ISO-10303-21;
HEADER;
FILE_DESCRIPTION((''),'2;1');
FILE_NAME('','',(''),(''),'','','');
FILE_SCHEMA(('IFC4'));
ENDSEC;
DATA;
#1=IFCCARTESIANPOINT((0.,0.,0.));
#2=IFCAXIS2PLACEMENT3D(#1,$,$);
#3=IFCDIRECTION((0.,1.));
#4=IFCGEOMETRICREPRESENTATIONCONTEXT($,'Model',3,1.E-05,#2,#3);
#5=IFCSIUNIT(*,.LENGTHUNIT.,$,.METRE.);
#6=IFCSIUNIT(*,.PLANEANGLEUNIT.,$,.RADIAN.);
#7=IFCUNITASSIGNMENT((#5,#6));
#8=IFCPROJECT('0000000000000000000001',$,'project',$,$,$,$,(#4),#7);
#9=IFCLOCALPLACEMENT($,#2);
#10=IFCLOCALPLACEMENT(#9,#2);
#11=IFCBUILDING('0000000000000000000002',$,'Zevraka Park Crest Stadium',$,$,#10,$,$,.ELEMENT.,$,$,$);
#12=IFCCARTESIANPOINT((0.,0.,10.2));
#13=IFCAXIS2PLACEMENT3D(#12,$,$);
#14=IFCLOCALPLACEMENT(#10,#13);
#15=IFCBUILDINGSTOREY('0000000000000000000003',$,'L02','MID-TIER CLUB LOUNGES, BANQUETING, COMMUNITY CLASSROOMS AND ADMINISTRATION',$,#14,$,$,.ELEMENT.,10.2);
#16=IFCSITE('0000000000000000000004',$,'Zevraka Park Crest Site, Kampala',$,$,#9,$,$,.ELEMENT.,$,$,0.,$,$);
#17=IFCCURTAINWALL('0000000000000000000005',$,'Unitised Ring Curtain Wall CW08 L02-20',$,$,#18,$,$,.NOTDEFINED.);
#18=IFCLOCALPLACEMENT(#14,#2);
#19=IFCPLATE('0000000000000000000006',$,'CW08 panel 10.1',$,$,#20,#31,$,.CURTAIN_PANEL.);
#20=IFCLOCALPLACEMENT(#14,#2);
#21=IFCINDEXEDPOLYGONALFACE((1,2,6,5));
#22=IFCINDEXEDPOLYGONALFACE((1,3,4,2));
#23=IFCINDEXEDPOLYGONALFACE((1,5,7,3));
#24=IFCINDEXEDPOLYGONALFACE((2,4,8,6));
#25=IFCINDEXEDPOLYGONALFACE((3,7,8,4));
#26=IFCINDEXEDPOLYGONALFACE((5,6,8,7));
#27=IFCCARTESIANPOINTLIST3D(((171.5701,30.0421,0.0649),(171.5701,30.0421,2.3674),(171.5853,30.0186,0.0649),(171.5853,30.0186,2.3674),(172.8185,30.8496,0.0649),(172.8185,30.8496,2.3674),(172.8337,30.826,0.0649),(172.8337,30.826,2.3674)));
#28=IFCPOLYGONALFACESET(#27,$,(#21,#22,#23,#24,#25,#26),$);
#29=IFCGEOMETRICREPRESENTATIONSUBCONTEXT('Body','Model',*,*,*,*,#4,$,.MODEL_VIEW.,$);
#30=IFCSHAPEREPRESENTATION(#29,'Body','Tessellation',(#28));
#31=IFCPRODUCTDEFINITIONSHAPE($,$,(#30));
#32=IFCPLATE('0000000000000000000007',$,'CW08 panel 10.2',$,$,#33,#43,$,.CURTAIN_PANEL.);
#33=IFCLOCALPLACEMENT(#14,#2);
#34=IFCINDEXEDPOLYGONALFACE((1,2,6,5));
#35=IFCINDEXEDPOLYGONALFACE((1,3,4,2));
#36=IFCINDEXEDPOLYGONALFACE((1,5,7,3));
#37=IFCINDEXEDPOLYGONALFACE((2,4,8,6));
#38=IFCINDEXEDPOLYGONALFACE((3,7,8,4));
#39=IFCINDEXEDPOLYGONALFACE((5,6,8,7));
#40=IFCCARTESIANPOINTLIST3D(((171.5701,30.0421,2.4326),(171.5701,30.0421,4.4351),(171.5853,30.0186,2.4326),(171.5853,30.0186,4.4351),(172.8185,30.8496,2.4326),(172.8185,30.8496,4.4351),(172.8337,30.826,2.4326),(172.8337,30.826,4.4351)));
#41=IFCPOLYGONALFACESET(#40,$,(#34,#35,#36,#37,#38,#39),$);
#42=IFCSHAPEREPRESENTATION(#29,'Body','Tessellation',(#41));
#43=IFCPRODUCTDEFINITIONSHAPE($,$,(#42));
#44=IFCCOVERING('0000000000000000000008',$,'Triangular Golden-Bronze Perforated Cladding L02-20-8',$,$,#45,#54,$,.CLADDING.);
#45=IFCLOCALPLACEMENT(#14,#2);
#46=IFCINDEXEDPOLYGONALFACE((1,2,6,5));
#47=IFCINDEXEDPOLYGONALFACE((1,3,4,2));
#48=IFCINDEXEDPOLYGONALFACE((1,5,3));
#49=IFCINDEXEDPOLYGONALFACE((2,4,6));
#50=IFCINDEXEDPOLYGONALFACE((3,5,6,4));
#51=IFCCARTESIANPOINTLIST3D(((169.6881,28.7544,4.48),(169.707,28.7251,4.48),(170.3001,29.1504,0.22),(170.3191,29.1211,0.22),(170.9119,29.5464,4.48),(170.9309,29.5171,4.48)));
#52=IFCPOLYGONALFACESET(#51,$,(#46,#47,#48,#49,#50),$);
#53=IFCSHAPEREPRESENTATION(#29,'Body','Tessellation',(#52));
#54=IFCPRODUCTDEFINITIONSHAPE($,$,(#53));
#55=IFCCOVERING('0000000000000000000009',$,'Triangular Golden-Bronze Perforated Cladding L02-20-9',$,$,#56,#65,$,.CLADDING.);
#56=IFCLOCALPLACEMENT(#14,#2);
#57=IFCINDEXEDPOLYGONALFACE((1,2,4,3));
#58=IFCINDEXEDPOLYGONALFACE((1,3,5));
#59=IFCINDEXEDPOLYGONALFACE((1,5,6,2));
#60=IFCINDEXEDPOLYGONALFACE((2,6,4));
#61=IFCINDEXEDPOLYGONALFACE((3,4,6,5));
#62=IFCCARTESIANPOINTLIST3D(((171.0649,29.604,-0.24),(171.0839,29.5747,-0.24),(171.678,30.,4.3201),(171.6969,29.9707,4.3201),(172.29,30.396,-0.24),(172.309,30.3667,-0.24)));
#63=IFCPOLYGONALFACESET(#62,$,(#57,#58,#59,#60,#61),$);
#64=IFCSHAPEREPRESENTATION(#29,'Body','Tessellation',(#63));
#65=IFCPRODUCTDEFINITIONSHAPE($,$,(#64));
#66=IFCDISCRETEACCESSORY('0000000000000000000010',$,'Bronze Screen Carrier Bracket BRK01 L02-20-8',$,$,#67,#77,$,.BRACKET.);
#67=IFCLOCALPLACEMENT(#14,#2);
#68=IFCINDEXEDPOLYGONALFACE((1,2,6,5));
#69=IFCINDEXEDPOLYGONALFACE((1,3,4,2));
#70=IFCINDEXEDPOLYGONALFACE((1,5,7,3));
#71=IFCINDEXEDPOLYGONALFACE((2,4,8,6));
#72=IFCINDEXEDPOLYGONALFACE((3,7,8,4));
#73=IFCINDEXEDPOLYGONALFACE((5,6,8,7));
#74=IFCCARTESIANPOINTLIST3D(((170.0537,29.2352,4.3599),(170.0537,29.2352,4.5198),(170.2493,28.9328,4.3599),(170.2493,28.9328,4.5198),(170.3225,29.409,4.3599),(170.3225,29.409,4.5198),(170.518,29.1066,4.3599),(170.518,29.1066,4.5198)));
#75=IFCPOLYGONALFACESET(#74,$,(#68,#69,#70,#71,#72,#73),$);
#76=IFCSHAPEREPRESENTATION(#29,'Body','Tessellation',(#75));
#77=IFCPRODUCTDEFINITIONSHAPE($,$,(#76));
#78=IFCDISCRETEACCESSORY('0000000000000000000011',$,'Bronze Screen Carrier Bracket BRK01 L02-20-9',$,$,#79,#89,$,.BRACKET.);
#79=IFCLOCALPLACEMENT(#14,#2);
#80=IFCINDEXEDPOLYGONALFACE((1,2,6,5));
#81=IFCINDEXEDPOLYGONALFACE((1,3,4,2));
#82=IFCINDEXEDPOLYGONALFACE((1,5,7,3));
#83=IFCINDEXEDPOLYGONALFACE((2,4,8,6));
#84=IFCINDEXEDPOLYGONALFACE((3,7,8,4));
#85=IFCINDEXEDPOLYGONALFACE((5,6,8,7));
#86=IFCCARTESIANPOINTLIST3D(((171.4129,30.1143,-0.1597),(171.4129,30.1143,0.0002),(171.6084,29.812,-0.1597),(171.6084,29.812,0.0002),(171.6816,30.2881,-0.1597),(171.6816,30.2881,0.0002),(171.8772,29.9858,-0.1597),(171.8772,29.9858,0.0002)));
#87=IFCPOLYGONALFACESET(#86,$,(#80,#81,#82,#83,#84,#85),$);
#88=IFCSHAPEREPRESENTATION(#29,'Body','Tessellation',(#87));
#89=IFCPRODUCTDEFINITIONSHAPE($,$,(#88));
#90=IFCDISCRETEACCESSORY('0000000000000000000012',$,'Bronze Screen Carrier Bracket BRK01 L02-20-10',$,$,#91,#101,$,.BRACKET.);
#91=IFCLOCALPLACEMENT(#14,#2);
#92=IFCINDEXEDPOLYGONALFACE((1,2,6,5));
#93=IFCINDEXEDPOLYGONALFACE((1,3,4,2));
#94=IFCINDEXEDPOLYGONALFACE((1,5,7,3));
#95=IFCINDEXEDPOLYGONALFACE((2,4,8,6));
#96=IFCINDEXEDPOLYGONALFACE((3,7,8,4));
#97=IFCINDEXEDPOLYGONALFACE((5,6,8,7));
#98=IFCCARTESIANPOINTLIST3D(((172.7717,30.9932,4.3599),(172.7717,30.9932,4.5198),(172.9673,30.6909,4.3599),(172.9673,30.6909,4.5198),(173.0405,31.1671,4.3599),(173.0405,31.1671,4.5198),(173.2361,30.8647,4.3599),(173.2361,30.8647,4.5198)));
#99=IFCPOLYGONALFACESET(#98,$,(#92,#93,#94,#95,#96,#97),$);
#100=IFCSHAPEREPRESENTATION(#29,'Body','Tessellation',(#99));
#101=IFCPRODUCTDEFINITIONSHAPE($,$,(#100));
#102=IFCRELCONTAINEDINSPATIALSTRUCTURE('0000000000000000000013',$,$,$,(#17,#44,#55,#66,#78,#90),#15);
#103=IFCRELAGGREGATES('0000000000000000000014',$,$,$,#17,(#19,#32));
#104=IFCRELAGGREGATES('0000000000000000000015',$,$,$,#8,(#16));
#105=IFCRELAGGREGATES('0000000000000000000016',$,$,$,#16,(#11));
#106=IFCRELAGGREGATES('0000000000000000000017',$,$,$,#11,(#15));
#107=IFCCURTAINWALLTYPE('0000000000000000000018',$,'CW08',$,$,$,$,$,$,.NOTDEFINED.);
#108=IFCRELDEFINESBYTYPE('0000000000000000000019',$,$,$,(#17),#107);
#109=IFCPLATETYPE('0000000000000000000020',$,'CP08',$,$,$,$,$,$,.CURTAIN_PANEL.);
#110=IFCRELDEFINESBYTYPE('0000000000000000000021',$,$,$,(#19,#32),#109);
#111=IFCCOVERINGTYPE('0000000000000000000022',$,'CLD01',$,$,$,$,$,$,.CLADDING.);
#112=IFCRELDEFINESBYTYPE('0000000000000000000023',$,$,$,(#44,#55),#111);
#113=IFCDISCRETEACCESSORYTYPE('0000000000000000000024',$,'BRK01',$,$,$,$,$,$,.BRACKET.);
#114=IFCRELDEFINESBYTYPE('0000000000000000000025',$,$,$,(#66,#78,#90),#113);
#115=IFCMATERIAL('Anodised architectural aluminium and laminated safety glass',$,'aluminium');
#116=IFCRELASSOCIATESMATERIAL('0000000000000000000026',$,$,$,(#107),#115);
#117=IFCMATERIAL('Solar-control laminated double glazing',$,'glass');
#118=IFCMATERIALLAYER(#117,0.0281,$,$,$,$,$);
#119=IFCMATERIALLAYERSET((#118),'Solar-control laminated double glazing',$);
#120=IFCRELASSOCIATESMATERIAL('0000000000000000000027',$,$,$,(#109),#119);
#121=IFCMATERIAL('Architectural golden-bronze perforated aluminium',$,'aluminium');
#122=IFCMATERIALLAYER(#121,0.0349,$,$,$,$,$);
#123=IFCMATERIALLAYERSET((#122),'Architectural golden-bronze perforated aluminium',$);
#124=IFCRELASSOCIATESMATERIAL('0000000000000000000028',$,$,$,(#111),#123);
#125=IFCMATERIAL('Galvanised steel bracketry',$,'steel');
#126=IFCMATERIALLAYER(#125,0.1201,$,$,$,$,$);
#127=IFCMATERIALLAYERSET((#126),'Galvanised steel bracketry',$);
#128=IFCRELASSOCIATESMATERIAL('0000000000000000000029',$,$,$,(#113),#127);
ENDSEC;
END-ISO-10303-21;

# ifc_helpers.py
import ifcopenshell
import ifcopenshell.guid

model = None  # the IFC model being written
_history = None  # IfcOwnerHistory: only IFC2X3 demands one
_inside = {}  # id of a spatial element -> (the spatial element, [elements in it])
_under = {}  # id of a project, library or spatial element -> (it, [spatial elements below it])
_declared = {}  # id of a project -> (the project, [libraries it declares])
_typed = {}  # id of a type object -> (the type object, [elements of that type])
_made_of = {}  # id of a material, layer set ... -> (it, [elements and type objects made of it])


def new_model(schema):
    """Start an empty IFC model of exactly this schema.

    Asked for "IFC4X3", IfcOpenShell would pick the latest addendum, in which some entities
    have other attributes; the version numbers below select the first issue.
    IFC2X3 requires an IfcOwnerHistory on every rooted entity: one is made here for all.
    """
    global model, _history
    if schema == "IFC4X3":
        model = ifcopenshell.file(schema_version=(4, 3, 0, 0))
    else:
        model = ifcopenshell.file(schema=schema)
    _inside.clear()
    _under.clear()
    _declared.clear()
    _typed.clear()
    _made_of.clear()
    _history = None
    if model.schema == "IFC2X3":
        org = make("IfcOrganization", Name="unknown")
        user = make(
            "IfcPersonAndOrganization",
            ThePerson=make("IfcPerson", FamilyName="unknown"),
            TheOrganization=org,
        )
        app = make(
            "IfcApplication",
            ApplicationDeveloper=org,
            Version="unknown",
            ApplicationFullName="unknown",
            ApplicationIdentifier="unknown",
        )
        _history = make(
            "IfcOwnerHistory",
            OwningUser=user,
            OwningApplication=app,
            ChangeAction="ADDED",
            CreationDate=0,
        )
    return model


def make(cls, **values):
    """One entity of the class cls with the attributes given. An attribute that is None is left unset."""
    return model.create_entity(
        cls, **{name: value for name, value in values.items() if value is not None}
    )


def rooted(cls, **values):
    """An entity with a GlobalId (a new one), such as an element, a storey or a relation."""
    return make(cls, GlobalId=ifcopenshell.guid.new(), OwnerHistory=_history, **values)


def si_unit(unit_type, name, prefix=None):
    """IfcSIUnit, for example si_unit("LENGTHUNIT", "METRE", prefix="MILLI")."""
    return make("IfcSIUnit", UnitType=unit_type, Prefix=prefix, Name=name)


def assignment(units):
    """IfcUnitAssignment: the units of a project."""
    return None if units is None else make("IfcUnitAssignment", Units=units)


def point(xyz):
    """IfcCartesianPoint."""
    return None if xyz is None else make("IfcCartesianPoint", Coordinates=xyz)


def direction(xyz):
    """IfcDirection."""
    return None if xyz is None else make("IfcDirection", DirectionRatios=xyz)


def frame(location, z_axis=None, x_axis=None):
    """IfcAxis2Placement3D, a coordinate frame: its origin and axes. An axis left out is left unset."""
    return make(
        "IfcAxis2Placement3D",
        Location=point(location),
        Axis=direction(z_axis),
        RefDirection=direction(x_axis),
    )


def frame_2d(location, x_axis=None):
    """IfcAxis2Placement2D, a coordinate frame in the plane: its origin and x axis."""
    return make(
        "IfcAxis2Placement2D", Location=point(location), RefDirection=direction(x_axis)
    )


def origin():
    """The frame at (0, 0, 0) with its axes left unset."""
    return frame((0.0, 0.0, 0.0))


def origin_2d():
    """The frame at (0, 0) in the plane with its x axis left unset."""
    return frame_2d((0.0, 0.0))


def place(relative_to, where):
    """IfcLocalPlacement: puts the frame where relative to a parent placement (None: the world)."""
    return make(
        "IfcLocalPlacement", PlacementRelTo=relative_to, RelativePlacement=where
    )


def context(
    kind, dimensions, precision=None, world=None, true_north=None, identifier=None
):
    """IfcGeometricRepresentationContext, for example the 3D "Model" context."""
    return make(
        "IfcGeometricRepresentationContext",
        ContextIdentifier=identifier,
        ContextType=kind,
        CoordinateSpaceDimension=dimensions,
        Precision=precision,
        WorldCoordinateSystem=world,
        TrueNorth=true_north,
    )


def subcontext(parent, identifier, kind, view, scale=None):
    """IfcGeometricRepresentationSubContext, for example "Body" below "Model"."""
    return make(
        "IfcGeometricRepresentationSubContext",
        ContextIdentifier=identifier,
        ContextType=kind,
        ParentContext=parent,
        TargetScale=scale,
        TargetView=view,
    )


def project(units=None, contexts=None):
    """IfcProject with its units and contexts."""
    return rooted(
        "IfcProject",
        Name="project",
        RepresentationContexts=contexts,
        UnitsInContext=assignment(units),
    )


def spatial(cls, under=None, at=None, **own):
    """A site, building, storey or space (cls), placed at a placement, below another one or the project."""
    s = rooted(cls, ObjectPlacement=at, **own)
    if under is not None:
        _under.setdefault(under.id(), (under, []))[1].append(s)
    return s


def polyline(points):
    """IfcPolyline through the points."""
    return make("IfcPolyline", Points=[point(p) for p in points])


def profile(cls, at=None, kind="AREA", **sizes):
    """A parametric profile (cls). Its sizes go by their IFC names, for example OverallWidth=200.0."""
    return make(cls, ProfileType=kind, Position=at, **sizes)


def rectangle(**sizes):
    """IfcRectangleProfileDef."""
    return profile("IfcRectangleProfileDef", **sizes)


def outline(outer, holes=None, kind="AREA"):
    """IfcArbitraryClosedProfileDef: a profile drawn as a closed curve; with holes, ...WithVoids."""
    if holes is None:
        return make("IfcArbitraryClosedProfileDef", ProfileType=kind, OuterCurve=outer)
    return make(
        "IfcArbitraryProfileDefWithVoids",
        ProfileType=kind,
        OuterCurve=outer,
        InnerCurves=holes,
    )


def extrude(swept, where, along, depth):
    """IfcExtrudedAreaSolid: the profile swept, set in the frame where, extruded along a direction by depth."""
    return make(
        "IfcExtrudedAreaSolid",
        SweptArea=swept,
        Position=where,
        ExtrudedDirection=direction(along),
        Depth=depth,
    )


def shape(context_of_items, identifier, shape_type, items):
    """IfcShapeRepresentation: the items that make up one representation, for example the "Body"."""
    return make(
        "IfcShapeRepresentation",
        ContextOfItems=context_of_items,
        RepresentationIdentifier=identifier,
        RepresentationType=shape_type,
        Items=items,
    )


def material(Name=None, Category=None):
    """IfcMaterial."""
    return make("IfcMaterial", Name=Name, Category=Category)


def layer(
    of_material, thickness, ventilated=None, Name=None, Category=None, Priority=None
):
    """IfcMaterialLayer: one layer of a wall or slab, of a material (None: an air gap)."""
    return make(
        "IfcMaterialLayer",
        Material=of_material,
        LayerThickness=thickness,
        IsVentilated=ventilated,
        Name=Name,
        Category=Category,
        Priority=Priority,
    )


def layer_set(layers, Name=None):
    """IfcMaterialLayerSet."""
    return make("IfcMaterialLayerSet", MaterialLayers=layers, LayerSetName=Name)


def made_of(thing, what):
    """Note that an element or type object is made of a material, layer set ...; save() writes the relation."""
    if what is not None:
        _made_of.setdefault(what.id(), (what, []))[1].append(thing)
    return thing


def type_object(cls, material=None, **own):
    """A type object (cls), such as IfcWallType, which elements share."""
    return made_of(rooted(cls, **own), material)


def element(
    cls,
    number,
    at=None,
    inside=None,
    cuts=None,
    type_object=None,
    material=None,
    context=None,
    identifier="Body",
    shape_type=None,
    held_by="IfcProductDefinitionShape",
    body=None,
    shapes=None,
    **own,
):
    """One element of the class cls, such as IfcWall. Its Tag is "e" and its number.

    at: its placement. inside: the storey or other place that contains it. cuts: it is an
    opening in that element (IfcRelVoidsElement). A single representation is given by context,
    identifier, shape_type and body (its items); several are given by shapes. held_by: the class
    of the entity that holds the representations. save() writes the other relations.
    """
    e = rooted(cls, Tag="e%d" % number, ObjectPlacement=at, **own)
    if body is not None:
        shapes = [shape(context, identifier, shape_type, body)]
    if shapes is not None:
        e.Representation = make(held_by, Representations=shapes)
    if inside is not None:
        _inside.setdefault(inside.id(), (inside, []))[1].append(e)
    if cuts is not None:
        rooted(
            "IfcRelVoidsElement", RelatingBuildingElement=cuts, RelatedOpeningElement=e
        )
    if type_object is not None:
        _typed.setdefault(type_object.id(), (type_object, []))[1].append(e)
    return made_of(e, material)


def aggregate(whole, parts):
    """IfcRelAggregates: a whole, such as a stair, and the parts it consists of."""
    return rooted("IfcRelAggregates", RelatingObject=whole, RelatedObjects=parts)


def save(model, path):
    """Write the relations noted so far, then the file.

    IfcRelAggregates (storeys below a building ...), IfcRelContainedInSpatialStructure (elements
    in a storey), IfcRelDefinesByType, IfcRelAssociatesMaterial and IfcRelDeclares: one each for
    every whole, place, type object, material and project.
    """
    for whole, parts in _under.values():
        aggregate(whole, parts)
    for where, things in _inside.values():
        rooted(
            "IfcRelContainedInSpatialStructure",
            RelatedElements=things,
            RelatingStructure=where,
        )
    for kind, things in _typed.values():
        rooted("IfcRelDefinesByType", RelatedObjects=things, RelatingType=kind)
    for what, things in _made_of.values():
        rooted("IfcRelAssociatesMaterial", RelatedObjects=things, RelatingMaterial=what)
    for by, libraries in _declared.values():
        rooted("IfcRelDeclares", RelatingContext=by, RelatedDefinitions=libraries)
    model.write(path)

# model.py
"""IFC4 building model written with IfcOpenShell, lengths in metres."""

from ifc_helpers import new_model, si_unit, direction, frame, origin, origin_2d, place, context, subcontext, project, spatial, polyline, rectangle, outline, extrude, material, layer, layer_set, type_object, element, aggregate, save


model = new_model("IFC4")

# Units and contexts
model_context = context("Model", 3, precision=1e-05, world=origin(), true_north=direction((0.0, 1.0)))
body_context = subcontext(model_context, "Body", "Model", "MODEL_VIEW")
ifc_project = project(units=[si_unit("LENGTHUNIT", "METRE"), si_unit("PLANEANGLEUNIT", "RADIAN")], contexts=[model_context])

# Site, building, storey
site_placement = place(None, origin())
site = spatial("IfcSite", under=ifc_project, at=site_placement, Name="Zevraka Park Crest Site, Kampala", CompositionType="ELEMENT", RefElevation=0.0)
building_placement = place(site_placement, origin())
building = spatial("IfcBuilding", under=site, at=building_placement, Name="Zevraka Park Crest Stadium", CompositionType="ELEMENT")
storey_placement = place(building_placement, frame((0.0, 0.0, 10.2)))
storey = spatial("IfcBuildingStorey", under=building, at=storey_placement, Name="L02", Description="MID-TIER CLUB LOUNGES, BANQUETING, COMMUNITY CLASSROOMS AND ADMINISTRATION", CompositionType="ELEMENT", Elevation=10.2)

# Curtain wall, plates
ifc_material_1 = material(Name="Anodised architectural aluminium and laminated safety glass", Category="aluminium")
curtain_wall_type = type_object("IfcCurtainWallType", Name="CW08", PredefinedType="NOTDEFINED", material=ifc_material_1)
curtain_wall_placement = place(storey_placement, origin())
curtain_wall = element("IfcCurtainWall", 1, at=curtain_wall_placement, inside=storey, type_object=curtain_wall_type, Name="Unitised Ring Curtain Wall CW08 L02-20", PredefinedType="NOTDEFINED")
ifc_material_2 = material(Name="Solar-control laminated double glazing", Category="glass")
ifc_layer_1 = layer(ifc_material_2, 0.0281)
ifc_layer_set_1 = layer_set([ifc_layer_1], Name="Solar-control laminated double glazing")
plate_type = type_object("IfcPlateType", Name="CP08", PredefinedType="CURTAIN_PANEL", material=ifc_layer_set_1)
plate_1_placement = place(storey_placement, frame((172.2019, 30.4341, 0.0649), z_axis=(0.0, 0.0, 1.0), x_axis=(0.83967, 0.543096, 0.0)))
plate_1 = element("IfcPlate", 2, at=plate_1_placement, type_object=plate_type, Name="CW08 panel 10.1", PredefinedType="CURTAIN_PANEL", context=body_context, shape_type="SweptSolid", body=[
    extrude(rectangle(XDim=1.4868, YDim=0.0281, at=origin_2d()), origin(), (0.0, 0.0, 1.0), 2.3025),
])
plate_2_placement = place(storey_placement, frame((172.2019, 30.4341, 2.4326), z_axis=(0.0, 0.0, 1.0), x_axis=(0.83967, 0.543096, 0.0)))
plate_2 = element("IfcPlate", 3, at=plate_2_placement, type_object=plate_type, Name="CW08 panel 10.2", PredefinedType="CURTAIN_PANEL", context=body_context, shape_type="SweptSolid", body=[
    extrude(rectangle(XDim=1.4868, YDim=0.0281, at=origin_2d()), origin(), (0.0, 0.0, 1.0), 2.0024),
])
aggregate(curtain_wall, [plate_1, plate_2])

# Coverings
ifc_material_3 = material(Name="Architectural golden-bronze perforated aluminium", Category="aluminium")
ifc_layer_2 = layer(ifc_material_3, 0.0349)
ifc_layer_set_2 = layer_set([ifc_layer_2], Name="Architectural golden-bronze perforated aluminium")
covering_type = type_object("IfcCoveringType", Name="CLD01", PredefinedType="CLADDING", material=ifc_layer_set_2)
covering_1_placement = place(storey_placement, frame((170.9309, 29.5171, 4.48), z_axis=(0.543286, -0.839548, 0.000016), x_axis=(-0.839548, -0.543286, 0.0)))
element("IfcCovering", 4, at=covering_1_placement, inside=storey, type_object=covering_type, Name="Triangular Golden-Bronze Perforated Cladding L02-20-8", PredefinedType="CLADDING", context=body_context, shape_type="SweptSolid", body=[
    extrude(outline(polyline([(0.0, 0.0), (1.4578, 0.0), (0.7288, 4.26), (0.0, 0.0)])), origin(), (0.0, 0.0, -1.0), 0.0349),
])
covering_2_placement = place(storey_placement, frame((171.0649, 29.604, -0.24), z_axis=(-0.542904, 0.839795, 0.000058), x_axis=(0.839795, 0.542904, 0.0)))
element("IfcCovering", 5, at=covering_2_placement, inside=storey, type_object=covering_type, Name="Triangular Golden-Bronze Perforated Cladding L02-20-9", PredefinedType="CLADDING", context=body_context, shape_type="SweptSolid", body=[
    extrude(outline(polyline([(0.0, 0.0), (1.4588, 0.0), (0.7298, -4.5601), (0.0, 0.0)])), origin(), (0.0, 0.0, -1.0), 0.0349),
])

# Discrete accessories
ifc_material_4 = material(Name="Galvanised steel bracketry", Category="steel")
ifc_layer_3 = layer(ifc_material_4, 0.1201)
ifc_layer_set_3 = layer_set([ifc_layer_3], Name="Galvanised steel bracketry")
discrete_accessory_type = type_object("IfcDiscreteAccessoryType", Name="BRK01", PredefinedType="BRACKET", material=ifc_layer_set_3)
for number, where, z_axis, x_axis, name in (
    (6, (170.2859, 29.1709, 4.3599), (0.0, 0.0, 1.0), (0.839715, 0.543028, 0.0), "Bronze Screen Carrier Bracket BRK01 L02-20-8"),
    (7, (171.645, 30.05, -0.1597), (0.0, 0.0, 1.0), (0.839715, 0.543028, 0.0), "Bronze Screen Carrier Bracket BRK01 L02-20-9"),
    (8, (173.0039, 30.929, 4.3599), (0.0, 0.0, 1.0), (0.839715, 0.543028, 0.0), "Bronze Screen Carrier Bracket BRK01 L02-20-10"),
):
    element("IfcDiscreteAccessory", number, at=place(storey_placement, frame(where, z_axis=z_axis, x_axis=x_axis)), inside=storey, type_object=discrete_accessory_type, Name=name, PredefinedType="BRACKET", context=body_context, shape_type="SweptSolid", body=[
        extrude(rectangle(XDim=0.3201, YDim=0.3601, at=origin_2d()), origin(), (0.0, 0.0, 1.0), 0.1599),
    ])

save(model, "model.ifc")
